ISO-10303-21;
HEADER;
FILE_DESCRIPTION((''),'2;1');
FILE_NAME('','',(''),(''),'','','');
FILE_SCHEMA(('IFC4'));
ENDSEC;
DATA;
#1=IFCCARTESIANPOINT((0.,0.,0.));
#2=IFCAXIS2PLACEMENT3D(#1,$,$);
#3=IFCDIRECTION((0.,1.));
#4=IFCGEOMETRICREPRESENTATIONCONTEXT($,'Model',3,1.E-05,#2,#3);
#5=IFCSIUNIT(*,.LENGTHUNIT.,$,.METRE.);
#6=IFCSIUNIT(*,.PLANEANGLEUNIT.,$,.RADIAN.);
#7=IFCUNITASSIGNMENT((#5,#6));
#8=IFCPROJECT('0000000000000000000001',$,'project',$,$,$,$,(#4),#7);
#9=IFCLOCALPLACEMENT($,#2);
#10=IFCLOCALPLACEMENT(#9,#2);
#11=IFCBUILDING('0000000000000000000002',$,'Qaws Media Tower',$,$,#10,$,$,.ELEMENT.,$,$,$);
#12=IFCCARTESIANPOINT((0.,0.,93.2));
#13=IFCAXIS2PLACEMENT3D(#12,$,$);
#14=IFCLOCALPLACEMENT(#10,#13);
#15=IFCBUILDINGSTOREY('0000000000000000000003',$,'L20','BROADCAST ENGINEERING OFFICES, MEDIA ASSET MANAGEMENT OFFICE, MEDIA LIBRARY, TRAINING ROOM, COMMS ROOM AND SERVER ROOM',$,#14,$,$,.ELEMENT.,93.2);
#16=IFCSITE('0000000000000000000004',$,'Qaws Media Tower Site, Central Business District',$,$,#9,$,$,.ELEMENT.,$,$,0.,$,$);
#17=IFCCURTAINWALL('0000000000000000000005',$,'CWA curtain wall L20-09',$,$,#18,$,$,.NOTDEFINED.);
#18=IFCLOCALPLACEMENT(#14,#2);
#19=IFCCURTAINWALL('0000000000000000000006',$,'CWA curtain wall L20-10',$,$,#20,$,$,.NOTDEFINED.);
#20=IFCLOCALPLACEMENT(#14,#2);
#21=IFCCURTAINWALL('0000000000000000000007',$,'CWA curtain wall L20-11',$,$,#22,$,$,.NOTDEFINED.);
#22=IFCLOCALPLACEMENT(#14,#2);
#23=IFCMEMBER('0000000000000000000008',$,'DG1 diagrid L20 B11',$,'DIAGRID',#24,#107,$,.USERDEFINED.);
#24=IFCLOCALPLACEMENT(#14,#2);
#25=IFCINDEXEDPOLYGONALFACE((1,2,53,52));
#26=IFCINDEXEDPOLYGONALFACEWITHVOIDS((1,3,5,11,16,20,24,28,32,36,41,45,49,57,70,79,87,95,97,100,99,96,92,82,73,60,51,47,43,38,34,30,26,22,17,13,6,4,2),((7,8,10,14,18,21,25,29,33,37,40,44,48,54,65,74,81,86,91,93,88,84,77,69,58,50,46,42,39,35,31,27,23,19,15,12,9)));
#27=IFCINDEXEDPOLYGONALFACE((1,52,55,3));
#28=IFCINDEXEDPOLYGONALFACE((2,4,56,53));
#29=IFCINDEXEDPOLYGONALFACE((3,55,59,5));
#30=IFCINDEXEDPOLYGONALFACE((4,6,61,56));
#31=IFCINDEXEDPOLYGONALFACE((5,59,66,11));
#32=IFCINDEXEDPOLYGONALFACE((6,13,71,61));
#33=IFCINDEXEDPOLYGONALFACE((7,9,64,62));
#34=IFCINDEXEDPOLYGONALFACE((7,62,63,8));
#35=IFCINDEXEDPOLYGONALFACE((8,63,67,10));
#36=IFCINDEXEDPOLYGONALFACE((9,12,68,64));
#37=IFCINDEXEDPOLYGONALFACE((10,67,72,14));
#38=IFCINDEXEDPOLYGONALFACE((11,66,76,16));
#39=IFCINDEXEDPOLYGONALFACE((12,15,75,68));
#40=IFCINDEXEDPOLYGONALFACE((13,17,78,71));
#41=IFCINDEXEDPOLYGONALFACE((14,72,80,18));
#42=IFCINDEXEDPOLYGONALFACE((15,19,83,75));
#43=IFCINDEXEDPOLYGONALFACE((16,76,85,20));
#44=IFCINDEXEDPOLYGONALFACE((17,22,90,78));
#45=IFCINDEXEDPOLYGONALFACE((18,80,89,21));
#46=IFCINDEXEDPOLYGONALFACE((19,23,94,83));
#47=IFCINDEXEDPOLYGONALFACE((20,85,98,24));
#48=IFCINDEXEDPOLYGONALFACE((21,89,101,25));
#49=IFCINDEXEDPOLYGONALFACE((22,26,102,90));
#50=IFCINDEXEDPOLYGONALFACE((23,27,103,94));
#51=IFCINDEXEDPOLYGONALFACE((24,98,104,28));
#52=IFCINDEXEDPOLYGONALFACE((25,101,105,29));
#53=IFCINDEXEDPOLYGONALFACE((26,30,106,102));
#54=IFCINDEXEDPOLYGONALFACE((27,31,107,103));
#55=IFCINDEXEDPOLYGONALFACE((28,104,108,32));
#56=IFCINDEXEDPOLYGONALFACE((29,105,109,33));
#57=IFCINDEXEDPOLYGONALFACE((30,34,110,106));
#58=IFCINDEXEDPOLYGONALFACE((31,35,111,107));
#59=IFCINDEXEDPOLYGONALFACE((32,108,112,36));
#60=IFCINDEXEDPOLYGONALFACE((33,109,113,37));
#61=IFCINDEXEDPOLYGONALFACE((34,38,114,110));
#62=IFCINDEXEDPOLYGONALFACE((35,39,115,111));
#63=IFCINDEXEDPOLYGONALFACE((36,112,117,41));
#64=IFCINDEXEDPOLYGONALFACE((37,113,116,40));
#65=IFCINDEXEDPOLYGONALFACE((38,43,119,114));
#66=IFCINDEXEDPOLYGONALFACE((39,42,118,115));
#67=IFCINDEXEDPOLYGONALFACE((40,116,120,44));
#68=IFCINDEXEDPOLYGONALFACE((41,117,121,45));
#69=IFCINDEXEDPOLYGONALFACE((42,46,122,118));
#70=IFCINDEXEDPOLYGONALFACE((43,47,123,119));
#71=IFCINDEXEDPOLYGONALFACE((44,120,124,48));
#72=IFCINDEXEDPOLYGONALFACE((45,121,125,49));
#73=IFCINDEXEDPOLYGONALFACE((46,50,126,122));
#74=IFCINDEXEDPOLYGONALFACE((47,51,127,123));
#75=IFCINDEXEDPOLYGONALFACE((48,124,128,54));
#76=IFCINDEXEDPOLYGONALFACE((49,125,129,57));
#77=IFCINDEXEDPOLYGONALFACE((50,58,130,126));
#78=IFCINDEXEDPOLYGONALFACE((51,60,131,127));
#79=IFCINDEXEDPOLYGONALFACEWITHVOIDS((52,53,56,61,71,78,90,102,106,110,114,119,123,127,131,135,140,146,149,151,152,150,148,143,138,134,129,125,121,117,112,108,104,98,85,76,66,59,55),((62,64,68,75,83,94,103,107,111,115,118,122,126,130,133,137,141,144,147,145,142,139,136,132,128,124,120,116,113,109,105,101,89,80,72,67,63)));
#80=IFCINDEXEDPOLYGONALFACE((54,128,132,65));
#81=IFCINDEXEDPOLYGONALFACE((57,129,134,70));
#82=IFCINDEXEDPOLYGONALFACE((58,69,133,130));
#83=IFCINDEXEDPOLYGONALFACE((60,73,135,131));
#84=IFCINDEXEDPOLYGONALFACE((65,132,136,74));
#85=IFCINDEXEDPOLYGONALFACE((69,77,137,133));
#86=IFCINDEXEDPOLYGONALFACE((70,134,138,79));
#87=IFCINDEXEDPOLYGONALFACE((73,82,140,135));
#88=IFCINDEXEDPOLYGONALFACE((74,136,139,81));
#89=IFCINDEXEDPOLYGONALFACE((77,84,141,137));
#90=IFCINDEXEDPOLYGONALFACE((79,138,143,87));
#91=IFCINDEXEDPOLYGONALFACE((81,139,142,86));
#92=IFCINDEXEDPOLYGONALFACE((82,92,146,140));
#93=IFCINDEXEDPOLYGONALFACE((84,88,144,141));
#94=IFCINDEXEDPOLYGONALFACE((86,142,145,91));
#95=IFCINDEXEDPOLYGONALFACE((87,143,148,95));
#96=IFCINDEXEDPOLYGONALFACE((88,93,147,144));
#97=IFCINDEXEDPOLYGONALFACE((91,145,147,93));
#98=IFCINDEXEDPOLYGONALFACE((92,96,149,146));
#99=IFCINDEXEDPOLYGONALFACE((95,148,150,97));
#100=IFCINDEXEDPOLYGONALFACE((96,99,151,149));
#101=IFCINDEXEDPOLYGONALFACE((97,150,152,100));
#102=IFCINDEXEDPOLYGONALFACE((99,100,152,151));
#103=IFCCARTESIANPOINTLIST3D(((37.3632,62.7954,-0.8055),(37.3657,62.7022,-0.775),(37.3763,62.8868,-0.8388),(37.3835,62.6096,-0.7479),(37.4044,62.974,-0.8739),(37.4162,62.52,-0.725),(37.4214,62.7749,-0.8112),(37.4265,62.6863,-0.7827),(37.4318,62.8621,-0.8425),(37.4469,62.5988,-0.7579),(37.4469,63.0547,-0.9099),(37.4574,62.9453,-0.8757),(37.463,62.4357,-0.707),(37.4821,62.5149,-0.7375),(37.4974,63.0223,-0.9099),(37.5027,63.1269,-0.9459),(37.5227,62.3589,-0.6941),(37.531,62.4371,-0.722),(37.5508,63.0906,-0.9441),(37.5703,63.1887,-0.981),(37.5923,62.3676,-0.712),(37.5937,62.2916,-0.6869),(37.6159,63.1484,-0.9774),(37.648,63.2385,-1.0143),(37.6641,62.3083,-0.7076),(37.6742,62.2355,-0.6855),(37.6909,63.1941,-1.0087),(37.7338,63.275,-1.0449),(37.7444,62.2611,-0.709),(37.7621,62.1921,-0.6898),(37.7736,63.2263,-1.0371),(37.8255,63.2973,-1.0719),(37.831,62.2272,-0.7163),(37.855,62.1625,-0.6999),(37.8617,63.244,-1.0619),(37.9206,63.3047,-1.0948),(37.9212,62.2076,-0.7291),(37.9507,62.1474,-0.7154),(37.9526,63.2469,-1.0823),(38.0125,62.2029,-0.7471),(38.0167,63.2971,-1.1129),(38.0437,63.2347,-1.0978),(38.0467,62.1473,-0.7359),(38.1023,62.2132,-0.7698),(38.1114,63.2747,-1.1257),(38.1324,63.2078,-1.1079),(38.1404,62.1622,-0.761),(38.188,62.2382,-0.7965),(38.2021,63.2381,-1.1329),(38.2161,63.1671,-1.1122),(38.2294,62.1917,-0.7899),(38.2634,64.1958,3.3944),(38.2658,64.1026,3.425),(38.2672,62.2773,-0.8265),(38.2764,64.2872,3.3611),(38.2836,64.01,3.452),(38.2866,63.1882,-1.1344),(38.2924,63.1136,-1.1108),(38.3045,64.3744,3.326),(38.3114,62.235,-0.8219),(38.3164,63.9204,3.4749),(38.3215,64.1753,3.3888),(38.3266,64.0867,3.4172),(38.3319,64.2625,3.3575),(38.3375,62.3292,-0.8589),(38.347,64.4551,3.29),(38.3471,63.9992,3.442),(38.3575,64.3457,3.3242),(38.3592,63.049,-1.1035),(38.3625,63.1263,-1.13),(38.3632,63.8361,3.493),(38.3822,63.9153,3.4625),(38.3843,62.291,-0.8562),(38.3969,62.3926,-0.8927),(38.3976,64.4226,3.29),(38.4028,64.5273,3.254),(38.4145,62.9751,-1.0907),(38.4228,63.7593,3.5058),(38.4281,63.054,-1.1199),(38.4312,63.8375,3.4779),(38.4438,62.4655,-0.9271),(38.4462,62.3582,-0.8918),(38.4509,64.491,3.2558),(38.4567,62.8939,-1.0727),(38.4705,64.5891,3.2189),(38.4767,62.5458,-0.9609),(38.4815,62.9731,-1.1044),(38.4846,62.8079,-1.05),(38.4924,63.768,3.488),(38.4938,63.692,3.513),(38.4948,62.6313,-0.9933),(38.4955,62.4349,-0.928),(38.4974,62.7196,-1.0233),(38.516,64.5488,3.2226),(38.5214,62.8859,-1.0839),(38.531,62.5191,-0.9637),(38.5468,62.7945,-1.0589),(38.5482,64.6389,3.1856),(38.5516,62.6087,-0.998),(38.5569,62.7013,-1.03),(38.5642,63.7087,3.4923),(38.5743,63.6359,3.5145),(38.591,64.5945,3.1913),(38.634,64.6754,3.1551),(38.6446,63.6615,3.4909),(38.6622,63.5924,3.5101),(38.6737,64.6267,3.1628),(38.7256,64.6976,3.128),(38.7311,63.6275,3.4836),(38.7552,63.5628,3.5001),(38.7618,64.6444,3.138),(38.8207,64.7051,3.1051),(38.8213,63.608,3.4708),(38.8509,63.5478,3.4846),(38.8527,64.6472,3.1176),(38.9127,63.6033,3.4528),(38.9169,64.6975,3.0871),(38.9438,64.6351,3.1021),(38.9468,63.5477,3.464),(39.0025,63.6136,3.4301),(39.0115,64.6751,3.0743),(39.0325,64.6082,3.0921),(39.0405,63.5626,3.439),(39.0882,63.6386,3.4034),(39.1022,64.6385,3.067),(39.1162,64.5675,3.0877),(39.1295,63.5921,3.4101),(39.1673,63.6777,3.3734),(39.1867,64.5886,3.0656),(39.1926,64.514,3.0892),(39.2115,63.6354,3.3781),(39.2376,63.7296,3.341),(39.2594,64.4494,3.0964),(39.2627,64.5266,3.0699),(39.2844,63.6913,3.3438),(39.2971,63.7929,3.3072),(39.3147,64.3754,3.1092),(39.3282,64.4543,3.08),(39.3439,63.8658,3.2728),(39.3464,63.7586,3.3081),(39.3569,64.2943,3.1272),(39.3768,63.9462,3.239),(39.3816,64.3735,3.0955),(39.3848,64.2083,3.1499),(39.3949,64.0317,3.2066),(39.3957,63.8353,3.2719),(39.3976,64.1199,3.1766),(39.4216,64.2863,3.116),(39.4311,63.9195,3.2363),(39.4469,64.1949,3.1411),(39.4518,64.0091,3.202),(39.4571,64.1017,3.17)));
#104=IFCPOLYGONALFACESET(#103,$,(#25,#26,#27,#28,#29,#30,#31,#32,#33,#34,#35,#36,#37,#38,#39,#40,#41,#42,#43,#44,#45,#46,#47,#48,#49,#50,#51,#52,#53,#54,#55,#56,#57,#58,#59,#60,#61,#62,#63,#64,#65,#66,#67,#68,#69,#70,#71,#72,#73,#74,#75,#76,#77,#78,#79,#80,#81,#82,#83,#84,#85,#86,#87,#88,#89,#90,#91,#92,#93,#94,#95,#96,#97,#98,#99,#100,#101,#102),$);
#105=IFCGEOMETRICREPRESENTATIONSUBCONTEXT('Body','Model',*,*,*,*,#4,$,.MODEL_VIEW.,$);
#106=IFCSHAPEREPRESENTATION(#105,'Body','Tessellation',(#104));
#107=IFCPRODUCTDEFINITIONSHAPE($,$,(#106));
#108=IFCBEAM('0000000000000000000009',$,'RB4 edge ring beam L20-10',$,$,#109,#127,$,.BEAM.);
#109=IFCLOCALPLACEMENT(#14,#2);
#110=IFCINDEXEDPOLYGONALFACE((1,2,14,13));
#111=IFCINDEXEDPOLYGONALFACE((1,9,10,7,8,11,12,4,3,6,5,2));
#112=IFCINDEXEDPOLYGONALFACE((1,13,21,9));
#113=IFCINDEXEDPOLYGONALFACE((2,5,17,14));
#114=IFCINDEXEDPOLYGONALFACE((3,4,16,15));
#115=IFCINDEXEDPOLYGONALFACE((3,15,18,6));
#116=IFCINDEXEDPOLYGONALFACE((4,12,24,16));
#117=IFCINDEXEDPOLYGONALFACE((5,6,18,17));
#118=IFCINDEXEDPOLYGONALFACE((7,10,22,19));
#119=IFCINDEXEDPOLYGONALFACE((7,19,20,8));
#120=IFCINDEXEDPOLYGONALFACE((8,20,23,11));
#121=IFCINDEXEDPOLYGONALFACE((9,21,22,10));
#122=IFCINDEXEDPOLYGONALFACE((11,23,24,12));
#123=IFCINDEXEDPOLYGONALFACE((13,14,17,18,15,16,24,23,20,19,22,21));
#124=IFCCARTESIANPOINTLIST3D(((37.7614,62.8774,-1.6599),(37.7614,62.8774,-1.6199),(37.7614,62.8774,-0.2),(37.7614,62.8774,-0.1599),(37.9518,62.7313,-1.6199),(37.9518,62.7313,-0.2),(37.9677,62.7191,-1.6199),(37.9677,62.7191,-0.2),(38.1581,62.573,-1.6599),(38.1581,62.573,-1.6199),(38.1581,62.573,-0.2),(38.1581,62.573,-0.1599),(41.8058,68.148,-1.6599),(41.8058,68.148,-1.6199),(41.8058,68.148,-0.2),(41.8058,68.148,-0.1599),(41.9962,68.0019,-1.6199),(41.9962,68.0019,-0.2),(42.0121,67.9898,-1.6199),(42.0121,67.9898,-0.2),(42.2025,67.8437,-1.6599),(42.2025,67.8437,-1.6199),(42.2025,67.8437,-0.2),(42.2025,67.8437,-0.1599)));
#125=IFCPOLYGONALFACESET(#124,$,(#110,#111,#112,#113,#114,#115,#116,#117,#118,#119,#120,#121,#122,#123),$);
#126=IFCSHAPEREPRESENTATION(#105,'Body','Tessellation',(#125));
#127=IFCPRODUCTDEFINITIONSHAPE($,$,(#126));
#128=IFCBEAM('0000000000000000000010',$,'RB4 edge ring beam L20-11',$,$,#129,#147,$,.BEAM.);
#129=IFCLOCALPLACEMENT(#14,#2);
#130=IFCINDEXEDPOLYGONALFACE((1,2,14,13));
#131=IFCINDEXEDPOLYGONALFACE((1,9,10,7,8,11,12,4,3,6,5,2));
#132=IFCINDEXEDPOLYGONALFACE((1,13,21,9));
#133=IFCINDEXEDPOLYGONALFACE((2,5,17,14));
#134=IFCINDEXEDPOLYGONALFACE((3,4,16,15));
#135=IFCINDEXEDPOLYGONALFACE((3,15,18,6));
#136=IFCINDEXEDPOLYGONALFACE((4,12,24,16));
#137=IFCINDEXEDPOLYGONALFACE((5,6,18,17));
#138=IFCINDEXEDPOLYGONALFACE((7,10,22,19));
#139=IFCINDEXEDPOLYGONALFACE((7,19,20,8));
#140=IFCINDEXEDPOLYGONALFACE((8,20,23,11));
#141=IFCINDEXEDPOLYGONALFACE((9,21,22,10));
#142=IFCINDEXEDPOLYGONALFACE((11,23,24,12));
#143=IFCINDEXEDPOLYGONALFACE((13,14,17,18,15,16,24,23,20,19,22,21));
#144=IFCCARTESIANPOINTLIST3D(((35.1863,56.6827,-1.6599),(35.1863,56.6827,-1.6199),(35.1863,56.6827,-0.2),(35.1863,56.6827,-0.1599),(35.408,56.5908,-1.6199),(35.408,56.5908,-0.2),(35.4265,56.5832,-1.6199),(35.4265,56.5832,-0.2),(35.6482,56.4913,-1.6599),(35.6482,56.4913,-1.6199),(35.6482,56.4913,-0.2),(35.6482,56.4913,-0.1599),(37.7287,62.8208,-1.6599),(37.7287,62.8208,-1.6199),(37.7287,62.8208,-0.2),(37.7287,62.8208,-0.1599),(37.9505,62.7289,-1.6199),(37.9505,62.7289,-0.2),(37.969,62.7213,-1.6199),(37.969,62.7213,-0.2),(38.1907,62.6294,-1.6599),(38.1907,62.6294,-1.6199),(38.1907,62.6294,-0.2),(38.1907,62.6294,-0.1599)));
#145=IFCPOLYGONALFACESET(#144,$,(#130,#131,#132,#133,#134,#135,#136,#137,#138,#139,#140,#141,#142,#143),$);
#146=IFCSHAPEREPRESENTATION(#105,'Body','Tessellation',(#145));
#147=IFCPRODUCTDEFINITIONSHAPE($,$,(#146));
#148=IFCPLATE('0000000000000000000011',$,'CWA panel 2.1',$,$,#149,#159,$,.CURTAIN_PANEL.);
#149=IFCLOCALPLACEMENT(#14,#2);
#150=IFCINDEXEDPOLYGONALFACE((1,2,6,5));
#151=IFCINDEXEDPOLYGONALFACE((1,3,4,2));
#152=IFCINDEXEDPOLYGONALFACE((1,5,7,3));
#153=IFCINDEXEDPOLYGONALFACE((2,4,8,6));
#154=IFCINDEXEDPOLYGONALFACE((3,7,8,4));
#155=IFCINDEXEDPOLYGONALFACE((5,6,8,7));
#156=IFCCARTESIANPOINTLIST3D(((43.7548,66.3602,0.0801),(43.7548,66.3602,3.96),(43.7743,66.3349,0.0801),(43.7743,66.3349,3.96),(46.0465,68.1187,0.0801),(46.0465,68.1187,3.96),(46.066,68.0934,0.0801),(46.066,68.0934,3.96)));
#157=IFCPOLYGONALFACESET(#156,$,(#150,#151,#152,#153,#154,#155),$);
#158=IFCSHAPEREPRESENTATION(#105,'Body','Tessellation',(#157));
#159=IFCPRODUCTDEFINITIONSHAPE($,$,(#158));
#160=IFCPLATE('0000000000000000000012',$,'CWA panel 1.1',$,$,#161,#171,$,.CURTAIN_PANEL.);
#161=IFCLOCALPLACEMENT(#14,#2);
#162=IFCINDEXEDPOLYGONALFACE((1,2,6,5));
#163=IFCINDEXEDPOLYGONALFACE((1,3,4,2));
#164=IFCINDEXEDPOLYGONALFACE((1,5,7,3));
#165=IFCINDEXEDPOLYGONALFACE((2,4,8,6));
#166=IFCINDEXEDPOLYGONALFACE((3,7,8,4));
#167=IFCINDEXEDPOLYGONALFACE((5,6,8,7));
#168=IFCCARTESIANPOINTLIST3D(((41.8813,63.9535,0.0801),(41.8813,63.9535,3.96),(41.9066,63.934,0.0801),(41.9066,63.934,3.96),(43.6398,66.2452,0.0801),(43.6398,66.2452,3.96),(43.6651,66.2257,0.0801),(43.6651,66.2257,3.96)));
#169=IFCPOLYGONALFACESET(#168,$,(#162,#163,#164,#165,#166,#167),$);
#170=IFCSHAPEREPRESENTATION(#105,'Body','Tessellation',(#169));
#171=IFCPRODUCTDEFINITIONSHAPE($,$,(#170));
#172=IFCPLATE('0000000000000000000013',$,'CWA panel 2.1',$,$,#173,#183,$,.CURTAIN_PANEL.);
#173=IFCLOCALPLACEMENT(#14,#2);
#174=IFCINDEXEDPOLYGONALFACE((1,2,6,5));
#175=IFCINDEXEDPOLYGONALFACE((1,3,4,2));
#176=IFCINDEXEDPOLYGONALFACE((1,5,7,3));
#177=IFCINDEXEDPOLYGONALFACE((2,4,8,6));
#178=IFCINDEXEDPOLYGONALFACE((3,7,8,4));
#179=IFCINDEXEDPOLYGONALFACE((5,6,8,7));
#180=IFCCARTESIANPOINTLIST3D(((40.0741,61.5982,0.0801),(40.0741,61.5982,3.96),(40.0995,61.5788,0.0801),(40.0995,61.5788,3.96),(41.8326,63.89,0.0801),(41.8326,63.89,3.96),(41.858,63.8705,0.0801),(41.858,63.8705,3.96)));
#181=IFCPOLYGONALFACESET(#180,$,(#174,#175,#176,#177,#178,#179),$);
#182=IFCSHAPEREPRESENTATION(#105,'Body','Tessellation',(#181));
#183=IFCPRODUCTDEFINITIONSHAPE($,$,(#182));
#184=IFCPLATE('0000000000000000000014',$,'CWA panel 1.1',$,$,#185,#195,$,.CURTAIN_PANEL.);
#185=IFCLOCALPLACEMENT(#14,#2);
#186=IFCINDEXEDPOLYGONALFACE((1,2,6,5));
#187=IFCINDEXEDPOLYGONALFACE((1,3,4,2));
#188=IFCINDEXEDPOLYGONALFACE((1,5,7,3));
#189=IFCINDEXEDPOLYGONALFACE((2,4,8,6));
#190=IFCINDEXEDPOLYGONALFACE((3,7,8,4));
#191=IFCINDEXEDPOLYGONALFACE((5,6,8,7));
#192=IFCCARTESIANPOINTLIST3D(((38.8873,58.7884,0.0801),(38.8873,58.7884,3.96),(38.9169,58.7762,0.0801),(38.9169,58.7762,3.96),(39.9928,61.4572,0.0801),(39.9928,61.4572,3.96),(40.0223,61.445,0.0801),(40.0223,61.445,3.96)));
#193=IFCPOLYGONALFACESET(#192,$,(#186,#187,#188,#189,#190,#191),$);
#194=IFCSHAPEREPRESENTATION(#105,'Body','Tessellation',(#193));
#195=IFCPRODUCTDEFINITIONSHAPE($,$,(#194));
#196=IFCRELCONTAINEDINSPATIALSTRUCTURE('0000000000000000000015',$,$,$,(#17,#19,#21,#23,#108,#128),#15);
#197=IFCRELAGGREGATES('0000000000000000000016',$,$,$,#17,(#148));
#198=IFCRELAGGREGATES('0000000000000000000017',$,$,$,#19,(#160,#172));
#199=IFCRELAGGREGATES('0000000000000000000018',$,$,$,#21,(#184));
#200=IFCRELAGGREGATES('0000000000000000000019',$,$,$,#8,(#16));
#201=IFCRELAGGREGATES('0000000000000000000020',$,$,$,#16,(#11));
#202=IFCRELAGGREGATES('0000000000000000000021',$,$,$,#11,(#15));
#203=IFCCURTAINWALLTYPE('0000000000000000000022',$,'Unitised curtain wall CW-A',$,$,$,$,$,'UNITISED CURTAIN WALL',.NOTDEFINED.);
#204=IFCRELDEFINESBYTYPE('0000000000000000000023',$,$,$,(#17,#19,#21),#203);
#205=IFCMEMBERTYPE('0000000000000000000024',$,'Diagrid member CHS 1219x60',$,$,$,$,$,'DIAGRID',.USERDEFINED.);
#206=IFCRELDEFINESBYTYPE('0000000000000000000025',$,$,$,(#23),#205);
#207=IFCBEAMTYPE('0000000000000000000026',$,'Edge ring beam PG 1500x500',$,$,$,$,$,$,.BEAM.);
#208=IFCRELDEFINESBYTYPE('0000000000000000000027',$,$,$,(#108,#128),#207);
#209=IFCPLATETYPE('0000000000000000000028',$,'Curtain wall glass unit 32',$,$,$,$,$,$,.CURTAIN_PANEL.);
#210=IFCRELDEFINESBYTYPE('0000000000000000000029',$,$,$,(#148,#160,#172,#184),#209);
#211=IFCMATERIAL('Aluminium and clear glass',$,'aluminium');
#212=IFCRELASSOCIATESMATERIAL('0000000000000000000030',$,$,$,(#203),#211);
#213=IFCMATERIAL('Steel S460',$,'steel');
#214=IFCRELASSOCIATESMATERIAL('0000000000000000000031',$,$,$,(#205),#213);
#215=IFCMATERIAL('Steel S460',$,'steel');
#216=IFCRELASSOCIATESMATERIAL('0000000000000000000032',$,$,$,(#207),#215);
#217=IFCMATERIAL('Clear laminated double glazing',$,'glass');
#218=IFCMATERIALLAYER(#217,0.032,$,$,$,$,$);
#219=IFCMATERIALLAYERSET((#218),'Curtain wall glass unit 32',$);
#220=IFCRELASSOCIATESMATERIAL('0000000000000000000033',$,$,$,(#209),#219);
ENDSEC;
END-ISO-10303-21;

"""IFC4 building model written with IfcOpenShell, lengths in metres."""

from ifc_helpers import new_model, si_unit, direction, frame, origin, origin_2d, place, context, subcontext, project, spatial, rectangle, hollow_circle, i_section, extrude, material, layer, layer_set, material_profile, profile_set, type_object, element, aggregate, save


model = new_model("IFC4")

# Units and contexts
model_context = context("Model", 3, precision=1e-05, world=origin(), true_north=direction((0.0, 1.0)))
body_context = subcontext(model_context, "Body", "Model", "MODEL_VIEW")
ifc_project = project(units=[si_unit("LENGTHUNIT", "METRE"), si_unit("PLANEANGLEUNIT", "RADIAN")], contexts=[model_context])

# Site, building, storey
site_placement = place(None, origin())
site = spatial("IfcSite", under=ifc_project, at=site_placement, Name="Qaws Media Tower Site, Central Business District", CompositionType="ELEMENT", RefElevation=0.0)
building_placement = place(site_placement, origin())
building = spatial("IfcBuilding", under=site, at=building_placement, Name="Qaws Media Tower", CompositionType="ELEMENT")
storey_placement = place(building_placement, frame((0.0, 0.0, 93.2)))
storey = spatial("IfcBuildingStorey", under=building, at=storey_placement, Name="L20", Description="BROADCAST ENGINEERING OFFICES, MEDIA ASSET MANAGEMENT OFFICE, MEDIA LIBRARY, TRAINING ROOM, COMMS ROOM AND SERVER ROOM", CompositionType="ELEMENT", Elevation=93.2)

# Curtain wall
ifc_material_1 = material(Name="Aluminium and clear glass", Category="aluminium")
curtain_wall_type = type_object("IfcCurtainWallType", Name="Unitised curtain wall CW-A", ElementType="UNITISED CURTAIN WALL", PredefinedType="NOTDEFINED", material=ifc_material_1)
curtain_wall_1_placement = place(storey_placement, origin())
curtain_wall_1 = element("IfcCurtainWall", 1, at=curtain_wall_1_placement, inside=storey, type_object=curtain_wall_type, Name="CWA curtain wall L20-09", PredefinedType="NOTDEFINED")

# Curtain walls
curtain_wall_2_placement = place(storey_placement, origin())
curtain_wall_2 = element("IfcCurtainWall", 2, at=curtain_wall_2_placement, inside=storey, type_object=curtain_wall_type, Name="CWA curtain wall L20-10", PredefinedType="NOTDEFINED")
curtain_wall_3_placement = place(storey_placement, origin())
curtain_wall_3 = element("IfcCurtainWall", 3, at=curtain_wall_3_placement, inside=storey, type_object=curtain_wall_type, Name="CWA curtain wall L20-11", PredefinedType="NOTDEFINED")

# Member
ifc_material_2 = material(Name="Steel S460", Category="steel")
ifc_material_profile_1 = material_profile(ifc_material_2, hollow_circle(Radius=0.6096, WallThickness=0.0601, at=origin_2d()), Name="CHS 1219x60")
ifc_profile_set_1 = profile_set([ifc_material_profile_1], Name="Steel S460")
member_type_1 = type_object("IfcMemberType", Name="Diagrid member CHS 1219x60", ElementType="DIAGRID", PredefinedType="USERDEFINED", material=ifc_profile_set_1)
for number, where, z_axis, x_axis, name in (
    (4, (37.9597, 62.7251, -0.9099), (0.199242, 0.309969, 0.929635), (-0.841207, 0.540713, 0.0), "DG1 diagrid L20 B11"),
):
    element("IfcMember", number, at=place(storey_placement, frame(where, z_axis=z_axis, x_axis=x_axis)), inside=storey, type_object=member_type_1, Name=name, ObjectType="DIAGRID", PredefinedType="USERDEFINED", context=body_context, shape_type="SweptSolid", body=[
        extrude(hollow_circle(Radius=0.6096, WallThickness=0.0601, at=origin_2d()), origin(), (0.0, 0.0, 1.0), 4.5178),
    ])

# Beams
ifc_material_3 = material(Name="Steel S460", Category="steel")
ifc_material_profile_2 = material_profile(ifc_material_3, i_section(OverallWidth=0.5, OverallDepth=1.5, WebThickness=0.02, FlangeThickness=0.04, at=origin_2d()), Name="PG 1500x500")
ifc_profile_set_2 = profile_set([ifc_material_profile_2], Name="Steel S460")
beam_type = type_object("IfcBeamType", Name="Edge ring beam PG 1500x500", PredefinedType="BEAM", material=ifc_profile_set_2)
beam_1_placement = place(storey_placement, frame((42.0042, 67.9958, -0.9099), z_axis=(-0.608766, -0.79335, 0.0), x_axis=(0.79335, -0.608766, 0.0)))
element("IfcBeam", 5, at=beam_1_placement, inside=storey, type_object=beam_type, Name="RB4 edge ring beam L20-10", PredefinedType="BEAM", context=body_context, shape_type="SweptSolid", body=[
    extrude(i_section(OverallWidth=0.5, OverallDepth=1.5, WebThickness=0.02, FlangeThickness=0.04, at=origin_2d()), origin(), (0.0, 0.0, 1.0), 6.6436),
])
beam_2_placement = place(storey_placement, frame((37.9597, 62.7251, -0.9099), z_axis=(-0.382678, -0.923882, 0.0), x_axis=(0.923882, -0.382678, 0.0)))
element("IfcBeam", 6, at=beam_2_placement, inside=storey, type_object=beam_type, Name="RB4 edge ring beam L20-11", PredefinedType="BEAM", context=body_context, shape_type="SweptSolid", body=[
    extrude(i_section(OverallWidth=0.5, OverallDepth=1.5, WebThickness=0.02, FlangeThickness=0.04, at=origin_2d()), origin(), (0.0, 0.0, 1.0), 6.6438),
])

# Plates
ifc_material_4 = material(Name="Clear laminated double glazing", Category="glass")
ifc_layer_1 = layer(ifc_material_4, 0.032)
ifc_layer_set_1 = layer_set([ifc_layer_1], Name="Curtain wall glass unit 32")
plate_type_1 = type_object("IfcPlateType", Name="Curtain wall glass unit 32", PredefinedType="CURTAIN_PANEL", material=ifc_layer_set_1)
plate_1_placement = place(storey_placement, frame((44.9104, 67.2268, 0.0801), z_axis=(0.0, 0.0, 1.0), x_axis=(-0.793353, -0.608762, 0.0)))
plate_1 = element("IfcPlate", 7, at=plate_1_placement, type_object=plate_type_1, Name="CWA panel 2.1", PredefinedType="CURTAIN_PANEL", context=body_context, shape_type="SweptSolid", body=[
    extrude(rectangle(XDim=2.8887, YDim=0.032, at=origin_2d()), origin(), (0.0, 0.0, 1.0), 3.8799),
])
aggregate(curtain_wall_1, [plate_1])
plate_2_placement = place(storey_placement, frame((42.7732, 65.0896, 0.0801), z_axis=(0.0, 0.0, 1.0), x_axis=(-0.608762, -0.793353, 0.0)))
plate_2 = element("IfcPlate", 8, at=plate_2_placement, type_object=plate_type_1, Name="CWA panel 1.1", PredefinedType="CURTAIN_PANEL", context=body_context, shape_type="SweptSolid", body=[
    extrude(rectangle(XDim=2.8887, YDim=0.032, at=origin_2d()), origin(), (0.0, 0.0, 1.0), 3.8799),
])
plate_3_placement = place(storey_placement, frame((40.9661, 62.7344, 0.0801), z_axis=(0.0, 0.0, 1.0), x_axis=(-0.608762, -0.793353, 0.0)))
plate_3 = element("IfcPlate", 9, at=plate_3_placement, type_object=plate_type_1, Name="CWA panel 2.1", PredefinedType="CURTAIN_PANEL", context=body_context, shape_type="SweptSolid", body=[
    extrude(rectangle(XDim=2.8887, YDim=0.032, at=origin_2d()), origin(), (0.0, 0.0, 1.0), 3.8799),
])
aggregate(curtain_wall_2, [plate_2, plate_3])
plate_4_placement = place(storey_placement, frame((39.4548, 60.1167, 0.0801), z_axis=(0.0, 0.0, 1.0), x_axis=(-0.382683, -0.92388, 0.0)))
plate_4 = element("IfcPlate", 10, at=plate_4_placement, type_object=plate_type_1, Name="CWA panel 1.1", PredefinedType="CURTAIN_PANEL", context=body_context, shape_type="SweptSolid", body=[
    extrude(rectangle(XDim=2.8887, YDim=0.032, at=origin_2d()), origin(), (0.0, 0.0, 1.0), 3.8799),
])
aggregate(curtain_wall_3, [plate_4])

save(model, "model.ifc")
